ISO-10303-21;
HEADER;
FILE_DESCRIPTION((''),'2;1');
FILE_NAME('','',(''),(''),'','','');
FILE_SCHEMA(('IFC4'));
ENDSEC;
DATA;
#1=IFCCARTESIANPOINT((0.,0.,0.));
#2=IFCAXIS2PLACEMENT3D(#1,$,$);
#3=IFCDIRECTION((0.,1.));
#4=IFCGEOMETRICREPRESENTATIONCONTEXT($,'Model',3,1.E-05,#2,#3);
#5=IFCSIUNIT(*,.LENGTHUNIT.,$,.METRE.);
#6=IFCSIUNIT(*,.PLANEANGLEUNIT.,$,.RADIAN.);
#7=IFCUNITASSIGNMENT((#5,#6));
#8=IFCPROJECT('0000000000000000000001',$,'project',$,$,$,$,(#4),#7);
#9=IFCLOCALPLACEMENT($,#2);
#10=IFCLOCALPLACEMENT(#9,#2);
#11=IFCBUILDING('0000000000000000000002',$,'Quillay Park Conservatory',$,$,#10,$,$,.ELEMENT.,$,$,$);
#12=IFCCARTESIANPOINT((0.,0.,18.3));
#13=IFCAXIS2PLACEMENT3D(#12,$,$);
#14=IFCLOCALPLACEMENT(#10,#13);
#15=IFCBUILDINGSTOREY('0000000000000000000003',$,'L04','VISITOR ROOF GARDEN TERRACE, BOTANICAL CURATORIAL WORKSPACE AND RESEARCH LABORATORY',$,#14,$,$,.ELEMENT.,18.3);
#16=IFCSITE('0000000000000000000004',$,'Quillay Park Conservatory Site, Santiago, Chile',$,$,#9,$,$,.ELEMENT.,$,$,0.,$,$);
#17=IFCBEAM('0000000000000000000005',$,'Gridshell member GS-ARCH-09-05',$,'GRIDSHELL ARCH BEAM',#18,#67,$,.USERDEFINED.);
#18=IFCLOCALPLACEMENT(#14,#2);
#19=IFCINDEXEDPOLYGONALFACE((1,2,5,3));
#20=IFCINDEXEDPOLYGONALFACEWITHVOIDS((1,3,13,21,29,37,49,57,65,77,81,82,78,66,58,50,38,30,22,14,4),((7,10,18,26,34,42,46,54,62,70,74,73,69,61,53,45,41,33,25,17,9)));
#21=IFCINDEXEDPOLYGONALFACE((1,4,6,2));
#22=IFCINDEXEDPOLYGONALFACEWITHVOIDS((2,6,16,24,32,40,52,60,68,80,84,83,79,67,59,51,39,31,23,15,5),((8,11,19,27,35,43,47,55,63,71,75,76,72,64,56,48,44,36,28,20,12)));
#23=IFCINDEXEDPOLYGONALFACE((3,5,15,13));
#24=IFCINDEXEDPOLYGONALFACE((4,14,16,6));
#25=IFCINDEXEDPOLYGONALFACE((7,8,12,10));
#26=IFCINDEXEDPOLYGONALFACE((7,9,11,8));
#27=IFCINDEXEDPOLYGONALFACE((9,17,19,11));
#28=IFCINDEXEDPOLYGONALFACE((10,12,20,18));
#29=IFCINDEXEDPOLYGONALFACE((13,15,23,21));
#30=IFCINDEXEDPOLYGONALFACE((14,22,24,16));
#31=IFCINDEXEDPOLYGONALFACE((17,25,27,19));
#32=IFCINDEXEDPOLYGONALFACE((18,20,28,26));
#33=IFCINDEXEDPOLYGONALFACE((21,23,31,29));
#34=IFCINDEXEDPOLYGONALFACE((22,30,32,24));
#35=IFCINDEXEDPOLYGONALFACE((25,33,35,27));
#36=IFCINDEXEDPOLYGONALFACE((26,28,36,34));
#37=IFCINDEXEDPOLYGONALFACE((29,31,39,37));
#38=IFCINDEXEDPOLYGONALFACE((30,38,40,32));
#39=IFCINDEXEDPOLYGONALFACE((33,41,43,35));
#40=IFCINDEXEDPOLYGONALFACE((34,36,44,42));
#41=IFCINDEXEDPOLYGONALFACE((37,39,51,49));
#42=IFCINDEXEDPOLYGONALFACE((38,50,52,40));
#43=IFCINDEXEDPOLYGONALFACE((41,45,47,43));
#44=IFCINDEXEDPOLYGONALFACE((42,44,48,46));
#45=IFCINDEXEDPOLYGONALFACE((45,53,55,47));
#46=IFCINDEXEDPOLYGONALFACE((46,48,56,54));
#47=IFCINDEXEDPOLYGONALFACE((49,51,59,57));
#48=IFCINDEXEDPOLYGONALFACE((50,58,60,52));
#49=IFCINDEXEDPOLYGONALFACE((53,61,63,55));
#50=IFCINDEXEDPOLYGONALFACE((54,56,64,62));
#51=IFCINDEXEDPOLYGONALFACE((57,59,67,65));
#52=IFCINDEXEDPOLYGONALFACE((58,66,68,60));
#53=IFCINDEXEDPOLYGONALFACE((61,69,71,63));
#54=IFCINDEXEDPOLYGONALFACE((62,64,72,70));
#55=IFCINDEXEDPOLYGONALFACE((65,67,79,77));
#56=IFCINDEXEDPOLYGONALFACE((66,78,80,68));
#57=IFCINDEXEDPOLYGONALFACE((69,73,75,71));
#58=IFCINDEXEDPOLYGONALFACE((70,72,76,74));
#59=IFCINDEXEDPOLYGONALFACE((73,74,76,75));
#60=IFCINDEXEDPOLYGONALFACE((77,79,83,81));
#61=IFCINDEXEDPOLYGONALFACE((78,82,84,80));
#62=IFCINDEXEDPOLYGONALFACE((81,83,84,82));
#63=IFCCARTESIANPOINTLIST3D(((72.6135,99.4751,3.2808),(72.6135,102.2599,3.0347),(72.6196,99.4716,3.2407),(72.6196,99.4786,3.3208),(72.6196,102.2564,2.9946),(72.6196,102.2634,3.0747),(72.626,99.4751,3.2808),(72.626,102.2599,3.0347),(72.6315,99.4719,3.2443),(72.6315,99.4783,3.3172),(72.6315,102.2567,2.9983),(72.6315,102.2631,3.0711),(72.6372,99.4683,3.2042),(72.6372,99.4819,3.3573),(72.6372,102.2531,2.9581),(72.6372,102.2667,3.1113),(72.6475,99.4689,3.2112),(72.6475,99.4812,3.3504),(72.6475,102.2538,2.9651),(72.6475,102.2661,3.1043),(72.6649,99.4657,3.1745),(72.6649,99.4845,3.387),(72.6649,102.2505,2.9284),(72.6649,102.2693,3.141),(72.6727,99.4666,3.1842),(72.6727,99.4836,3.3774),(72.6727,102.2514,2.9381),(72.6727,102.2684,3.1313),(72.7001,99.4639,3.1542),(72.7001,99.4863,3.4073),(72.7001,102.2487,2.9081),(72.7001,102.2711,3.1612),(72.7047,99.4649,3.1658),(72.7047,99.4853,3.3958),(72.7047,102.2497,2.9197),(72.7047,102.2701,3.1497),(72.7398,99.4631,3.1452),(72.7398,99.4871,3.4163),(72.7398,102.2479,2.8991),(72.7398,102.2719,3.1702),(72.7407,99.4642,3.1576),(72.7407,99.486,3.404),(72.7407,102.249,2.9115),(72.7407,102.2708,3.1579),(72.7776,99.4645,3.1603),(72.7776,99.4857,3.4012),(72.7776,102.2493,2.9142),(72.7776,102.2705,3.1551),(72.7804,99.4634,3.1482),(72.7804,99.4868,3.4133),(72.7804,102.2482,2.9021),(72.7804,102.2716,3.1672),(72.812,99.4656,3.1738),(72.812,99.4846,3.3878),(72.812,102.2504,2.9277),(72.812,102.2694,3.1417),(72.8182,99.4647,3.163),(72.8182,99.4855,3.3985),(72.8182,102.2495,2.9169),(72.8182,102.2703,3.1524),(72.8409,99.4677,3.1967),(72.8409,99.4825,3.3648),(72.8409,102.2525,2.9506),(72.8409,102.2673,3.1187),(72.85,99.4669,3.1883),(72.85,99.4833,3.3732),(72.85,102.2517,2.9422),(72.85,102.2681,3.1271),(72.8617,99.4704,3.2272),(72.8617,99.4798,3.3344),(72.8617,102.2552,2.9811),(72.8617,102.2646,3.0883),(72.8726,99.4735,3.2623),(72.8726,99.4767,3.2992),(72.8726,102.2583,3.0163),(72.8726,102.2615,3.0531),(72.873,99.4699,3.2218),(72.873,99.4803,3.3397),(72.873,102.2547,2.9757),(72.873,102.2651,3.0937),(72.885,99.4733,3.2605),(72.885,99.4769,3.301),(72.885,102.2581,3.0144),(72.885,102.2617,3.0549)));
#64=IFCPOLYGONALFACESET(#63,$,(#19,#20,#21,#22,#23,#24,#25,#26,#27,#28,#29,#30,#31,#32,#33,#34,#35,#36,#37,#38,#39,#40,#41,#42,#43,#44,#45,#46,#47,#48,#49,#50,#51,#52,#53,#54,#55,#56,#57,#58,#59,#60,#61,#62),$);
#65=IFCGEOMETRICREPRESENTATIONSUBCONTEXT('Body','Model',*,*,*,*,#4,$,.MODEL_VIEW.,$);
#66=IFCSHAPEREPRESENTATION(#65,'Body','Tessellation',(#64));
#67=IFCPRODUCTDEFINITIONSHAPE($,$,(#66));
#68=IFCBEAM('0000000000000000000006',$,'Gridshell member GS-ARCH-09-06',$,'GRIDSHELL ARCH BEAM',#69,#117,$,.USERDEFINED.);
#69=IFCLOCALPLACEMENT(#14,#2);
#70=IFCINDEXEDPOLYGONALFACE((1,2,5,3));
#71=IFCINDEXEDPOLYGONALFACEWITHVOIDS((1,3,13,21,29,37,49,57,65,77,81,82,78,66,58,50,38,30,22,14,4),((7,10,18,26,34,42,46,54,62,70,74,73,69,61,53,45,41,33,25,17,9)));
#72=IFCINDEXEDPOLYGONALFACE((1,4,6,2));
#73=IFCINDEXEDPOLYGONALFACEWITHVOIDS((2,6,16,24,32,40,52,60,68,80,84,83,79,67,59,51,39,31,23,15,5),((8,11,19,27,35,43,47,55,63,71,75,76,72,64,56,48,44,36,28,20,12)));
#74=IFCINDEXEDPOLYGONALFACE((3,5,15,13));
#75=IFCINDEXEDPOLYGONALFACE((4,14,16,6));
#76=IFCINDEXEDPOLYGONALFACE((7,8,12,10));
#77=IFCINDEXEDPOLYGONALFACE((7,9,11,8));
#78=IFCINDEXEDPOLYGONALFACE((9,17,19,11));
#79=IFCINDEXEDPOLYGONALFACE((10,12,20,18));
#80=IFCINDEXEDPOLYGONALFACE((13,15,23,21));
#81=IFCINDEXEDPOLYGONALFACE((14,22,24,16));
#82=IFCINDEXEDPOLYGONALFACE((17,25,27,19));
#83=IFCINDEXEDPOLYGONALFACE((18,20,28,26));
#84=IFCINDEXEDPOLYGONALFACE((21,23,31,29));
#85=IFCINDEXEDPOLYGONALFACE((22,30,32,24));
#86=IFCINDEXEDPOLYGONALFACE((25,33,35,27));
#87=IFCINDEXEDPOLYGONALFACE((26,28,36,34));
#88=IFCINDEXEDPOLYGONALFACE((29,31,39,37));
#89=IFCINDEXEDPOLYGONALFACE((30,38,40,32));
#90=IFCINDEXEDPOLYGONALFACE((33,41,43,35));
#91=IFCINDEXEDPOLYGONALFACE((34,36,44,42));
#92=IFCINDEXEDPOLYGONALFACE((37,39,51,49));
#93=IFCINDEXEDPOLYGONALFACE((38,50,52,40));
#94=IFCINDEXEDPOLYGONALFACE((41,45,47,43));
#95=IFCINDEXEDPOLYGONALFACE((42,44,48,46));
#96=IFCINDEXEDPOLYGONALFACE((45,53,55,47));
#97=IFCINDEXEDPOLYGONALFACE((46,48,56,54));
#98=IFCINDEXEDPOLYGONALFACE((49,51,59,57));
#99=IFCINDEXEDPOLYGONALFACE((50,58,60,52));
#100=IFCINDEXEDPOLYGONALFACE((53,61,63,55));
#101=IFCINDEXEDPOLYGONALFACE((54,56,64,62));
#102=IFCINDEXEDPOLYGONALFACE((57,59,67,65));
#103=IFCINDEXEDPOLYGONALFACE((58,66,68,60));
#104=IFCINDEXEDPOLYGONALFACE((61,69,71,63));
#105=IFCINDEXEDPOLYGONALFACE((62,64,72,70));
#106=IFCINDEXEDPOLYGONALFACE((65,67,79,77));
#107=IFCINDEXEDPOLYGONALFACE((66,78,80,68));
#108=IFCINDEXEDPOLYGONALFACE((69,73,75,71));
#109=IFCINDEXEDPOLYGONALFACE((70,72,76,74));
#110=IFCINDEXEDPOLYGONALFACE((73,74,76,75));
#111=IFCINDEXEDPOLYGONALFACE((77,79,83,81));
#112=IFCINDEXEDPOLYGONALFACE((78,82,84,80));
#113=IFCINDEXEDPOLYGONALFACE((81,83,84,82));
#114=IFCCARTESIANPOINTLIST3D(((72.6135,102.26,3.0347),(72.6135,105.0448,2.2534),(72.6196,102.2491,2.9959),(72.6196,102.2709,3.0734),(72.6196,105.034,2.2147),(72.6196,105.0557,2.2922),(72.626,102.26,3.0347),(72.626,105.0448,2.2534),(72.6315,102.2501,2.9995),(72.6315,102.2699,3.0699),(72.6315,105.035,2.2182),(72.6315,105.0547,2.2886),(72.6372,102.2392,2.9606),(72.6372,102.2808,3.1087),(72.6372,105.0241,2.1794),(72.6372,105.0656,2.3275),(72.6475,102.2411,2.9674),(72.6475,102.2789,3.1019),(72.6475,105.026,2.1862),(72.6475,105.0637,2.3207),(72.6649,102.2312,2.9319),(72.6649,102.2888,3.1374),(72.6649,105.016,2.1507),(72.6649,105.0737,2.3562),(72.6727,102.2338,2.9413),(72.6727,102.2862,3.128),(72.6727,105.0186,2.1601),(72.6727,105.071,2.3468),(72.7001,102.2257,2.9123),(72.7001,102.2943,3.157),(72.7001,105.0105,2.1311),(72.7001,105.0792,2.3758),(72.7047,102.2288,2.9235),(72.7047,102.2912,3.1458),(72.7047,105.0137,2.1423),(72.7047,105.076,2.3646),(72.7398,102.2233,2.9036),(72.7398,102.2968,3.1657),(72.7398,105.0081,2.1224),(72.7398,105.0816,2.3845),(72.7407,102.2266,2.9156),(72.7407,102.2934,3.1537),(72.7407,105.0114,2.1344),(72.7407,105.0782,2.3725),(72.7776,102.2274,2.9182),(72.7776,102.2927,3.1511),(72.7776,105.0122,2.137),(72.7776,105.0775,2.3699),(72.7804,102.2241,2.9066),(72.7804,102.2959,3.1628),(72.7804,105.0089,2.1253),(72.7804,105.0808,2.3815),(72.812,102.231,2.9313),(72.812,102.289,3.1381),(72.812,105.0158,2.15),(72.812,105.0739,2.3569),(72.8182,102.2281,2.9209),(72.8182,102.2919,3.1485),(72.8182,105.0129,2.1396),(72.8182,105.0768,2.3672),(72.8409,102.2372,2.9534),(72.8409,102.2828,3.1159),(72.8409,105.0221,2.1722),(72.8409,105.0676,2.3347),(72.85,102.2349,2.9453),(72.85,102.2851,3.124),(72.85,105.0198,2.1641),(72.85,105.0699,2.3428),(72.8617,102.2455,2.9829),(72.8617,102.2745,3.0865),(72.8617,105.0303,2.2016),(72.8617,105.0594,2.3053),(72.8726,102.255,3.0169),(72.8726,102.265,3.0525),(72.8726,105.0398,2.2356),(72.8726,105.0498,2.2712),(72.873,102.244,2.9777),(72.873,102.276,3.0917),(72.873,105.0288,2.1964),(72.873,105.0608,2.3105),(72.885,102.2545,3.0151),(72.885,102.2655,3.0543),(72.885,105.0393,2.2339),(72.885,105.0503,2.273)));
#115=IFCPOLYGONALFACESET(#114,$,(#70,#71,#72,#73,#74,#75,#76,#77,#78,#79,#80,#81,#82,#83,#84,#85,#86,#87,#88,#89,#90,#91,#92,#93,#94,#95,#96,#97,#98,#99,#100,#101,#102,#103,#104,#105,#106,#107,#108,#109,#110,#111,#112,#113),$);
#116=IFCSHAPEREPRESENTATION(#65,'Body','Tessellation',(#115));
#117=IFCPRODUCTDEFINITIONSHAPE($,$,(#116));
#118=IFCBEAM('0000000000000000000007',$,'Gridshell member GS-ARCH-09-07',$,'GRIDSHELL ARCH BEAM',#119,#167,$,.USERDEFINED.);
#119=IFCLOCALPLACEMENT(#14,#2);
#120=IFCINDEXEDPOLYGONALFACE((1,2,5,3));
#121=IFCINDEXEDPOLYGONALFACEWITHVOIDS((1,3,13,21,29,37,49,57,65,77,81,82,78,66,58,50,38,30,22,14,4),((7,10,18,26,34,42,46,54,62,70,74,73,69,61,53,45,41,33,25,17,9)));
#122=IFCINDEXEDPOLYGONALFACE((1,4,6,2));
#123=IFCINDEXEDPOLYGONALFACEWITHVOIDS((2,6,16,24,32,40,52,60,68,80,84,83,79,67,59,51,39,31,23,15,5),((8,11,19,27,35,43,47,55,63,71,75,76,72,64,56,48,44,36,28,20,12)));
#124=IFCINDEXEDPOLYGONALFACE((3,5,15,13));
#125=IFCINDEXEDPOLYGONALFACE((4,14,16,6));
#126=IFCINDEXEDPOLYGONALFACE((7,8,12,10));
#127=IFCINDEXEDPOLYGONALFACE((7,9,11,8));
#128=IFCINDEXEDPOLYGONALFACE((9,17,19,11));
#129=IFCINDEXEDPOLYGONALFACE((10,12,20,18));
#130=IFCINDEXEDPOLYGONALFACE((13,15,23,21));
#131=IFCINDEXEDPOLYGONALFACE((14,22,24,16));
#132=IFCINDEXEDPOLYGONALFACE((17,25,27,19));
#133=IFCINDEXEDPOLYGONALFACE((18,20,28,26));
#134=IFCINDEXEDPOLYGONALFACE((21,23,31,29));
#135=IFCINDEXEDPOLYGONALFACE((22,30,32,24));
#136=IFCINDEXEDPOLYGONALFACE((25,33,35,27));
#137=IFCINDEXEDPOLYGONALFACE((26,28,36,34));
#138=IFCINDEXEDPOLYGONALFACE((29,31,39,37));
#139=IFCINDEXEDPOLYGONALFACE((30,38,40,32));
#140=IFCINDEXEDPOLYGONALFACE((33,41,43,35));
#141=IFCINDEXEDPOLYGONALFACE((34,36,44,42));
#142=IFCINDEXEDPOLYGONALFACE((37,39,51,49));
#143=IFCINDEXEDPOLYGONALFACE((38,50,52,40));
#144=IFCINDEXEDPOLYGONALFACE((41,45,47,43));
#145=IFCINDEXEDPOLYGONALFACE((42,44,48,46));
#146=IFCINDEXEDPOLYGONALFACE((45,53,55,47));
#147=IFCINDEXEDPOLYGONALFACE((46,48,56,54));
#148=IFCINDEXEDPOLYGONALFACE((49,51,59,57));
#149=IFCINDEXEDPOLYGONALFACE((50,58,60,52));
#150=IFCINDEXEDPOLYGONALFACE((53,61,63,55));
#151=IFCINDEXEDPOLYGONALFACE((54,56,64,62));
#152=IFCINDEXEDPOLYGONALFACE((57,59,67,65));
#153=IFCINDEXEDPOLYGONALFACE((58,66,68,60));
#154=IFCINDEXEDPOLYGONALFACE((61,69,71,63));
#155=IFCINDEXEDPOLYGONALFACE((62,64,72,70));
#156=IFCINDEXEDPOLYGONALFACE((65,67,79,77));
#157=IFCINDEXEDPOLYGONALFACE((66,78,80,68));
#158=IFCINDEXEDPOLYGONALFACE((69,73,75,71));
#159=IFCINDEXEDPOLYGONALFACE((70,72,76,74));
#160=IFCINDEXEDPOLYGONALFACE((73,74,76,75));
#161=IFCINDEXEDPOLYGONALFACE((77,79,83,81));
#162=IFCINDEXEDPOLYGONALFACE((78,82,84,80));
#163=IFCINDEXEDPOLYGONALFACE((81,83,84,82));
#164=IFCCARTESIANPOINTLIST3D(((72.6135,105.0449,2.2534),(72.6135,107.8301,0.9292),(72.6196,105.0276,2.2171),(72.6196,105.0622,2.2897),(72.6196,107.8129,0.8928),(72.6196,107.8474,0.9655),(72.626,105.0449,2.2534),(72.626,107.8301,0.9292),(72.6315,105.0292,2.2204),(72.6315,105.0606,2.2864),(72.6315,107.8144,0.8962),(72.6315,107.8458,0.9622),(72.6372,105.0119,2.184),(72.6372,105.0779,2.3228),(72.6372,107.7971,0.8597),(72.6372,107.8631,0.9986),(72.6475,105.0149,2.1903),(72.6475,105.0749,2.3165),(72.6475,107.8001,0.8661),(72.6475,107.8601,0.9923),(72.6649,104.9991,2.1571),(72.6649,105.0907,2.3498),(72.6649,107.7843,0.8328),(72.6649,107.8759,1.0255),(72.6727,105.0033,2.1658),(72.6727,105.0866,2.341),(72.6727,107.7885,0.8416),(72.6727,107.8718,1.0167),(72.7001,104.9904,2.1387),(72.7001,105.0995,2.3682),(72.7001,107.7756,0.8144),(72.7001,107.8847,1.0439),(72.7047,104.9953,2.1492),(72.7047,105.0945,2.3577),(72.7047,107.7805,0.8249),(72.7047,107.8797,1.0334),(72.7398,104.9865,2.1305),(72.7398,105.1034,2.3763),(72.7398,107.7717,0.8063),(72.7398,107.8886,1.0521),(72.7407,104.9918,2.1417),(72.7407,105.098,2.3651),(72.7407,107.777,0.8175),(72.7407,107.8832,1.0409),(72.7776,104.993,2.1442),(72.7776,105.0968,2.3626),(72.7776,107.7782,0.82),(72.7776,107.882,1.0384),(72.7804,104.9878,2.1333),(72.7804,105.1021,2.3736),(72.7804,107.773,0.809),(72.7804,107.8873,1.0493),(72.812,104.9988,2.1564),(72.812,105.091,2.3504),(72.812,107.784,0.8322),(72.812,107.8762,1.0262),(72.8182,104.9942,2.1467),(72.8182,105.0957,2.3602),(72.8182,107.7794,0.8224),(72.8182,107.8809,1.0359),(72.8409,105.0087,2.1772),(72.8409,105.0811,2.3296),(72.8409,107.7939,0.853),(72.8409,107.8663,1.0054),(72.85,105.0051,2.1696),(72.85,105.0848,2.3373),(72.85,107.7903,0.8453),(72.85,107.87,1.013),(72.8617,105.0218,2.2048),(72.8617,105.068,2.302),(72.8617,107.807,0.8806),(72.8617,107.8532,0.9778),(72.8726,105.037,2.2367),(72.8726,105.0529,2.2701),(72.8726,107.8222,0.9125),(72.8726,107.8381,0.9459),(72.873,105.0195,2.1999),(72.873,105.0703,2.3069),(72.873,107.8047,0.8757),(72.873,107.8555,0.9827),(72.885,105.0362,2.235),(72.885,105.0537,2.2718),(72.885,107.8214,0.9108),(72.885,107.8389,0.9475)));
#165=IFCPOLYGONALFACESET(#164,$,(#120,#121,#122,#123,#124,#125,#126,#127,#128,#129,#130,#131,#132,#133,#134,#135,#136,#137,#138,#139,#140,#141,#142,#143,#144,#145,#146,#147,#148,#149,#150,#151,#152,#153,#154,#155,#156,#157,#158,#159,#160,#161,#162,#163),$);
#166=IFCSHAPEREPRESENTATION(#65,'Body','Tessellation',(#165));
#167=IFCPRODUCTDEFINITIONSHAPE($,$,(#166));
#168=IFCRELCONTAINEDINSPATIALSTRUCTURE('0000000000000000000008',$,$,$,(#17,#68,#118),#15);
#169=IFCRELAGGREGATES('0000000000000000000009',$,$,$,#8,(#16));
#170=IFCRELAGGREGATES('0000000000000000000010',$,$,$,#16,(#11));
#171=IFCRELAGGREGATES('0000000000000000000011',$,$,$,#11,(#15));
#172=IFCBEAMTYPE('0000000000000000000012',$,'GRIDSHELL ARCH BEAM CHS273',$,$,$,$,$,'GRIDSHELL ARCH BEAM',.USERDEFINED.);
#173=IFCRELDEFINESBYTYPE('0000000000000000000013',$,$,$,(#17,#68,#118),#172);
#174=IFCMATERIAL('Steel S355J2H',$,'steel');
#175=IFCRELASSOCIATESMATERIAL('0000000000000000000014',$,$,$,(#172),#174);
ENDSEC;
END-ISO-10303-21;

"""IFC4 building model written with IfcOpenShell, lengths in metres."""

from ifc_helpers import new_model, si_unit, direction, frame, origin, origin_2d, place, context, subcontext, project, spatial, hollow_circle, extrude, material, material_profile, profile_set, type_object, element, save


model = new_model("IFC4")

# Units and contexts
model_context = context("Model", 3, precision=1e-05, world=origin(), true_north=direction((0.0, 1.0)))
body_context = subcontext(model_context, "Body", "Model", "MODEL_VIEW")
ifc_project = project(units=[si_unit("LENGTHUNIT", "METRE"), si_unit("PLANEANGLEUNIT", "RADIAN")], contexts=[model_context])

# Site, building, storey
site_placement = place(None, origin())
site = spatial("IfcSite", under=ifc_project, at=site_placement, Name="Quillay Park Conservatory Site, Santiago, Chile", CompositionType="ELEMENT", RefElevation=0.0)
building_placement = place(site_placement, origin())
building = spatial("IfcBuilding", under=site, at=building_placement, Name="Quillay Park Conservatory", CompositionType="ELEMENT")
storey_placement = place(building_placement, frame((0.0, 0.0, 18.3)))
storey = spatial("IfcBuildingStorey", under=building, at=storey_placement, Name="L04", Description="VISITOR ROOF GARDEN TERRACE, BOTANICAL CURATORIAL WORKSPACE AND RESEARCH LABORATORY", CompositionType="ELEMENT", Elevation=18.3)

# Beams
ifc_material_1 = material(Name="Steel S355J2H", Category="steel")
ifc_material_profile_1 = material_profile(ifc_material_1, hollow_circle(Radius=0.1365, WallThickness=0.0125, at=origin_2d()), Name="CHS273x12.5")
ifc_profile_set_1 = profile_set([ifc_material_profile_1], Name="Steel S355J2H")
beam_type = type_object("IfcBeamType", Name="GRIDSHELL ARCH BEAM CHS273", ElementType="GRIDSHELL ARCH BEAM", PredefinedType="USERDEFINED", material=ifc_profile_set_1)
beam_1_placement = place(storey_placement, frame((72.75, 99.4751, 3.2808), z_axis=(0.0, 0.996118, -0.088024), x_axis=(-1.0, 0.0, 0.0)))
element("IfcBeam", 1, at=beam_1_placement, inside=storey, type_object=beam_type, Name="Gridshell member GS-ARCH-09-05", ObjectType="GRIDSHELL ARCH BEAM", PredefinedType="USERDEFINED", context=body_context, shape_type="SweptSolid", body=[
    extrude(hollow_circle(Radius=0.1365, WallThickness=0.0125, at=origin_2d()), origin(), (0.0, 0.0, 1.0), 2.7957),
])
beam_2_placement = place(storey_placement, frame((72.75, 102.26, 3.0347), z_axis=(0.0, 0.962832, -0.270103), x_axis=(-1.0, 0.0, 0.0)))
element("IfcBeam", 2, at=beam_2_placement, inside=storey, type_object=beam_type, Name="Gridshell member GS-ARCH-09-06", ObjectType="GRIDSHELL ARCH BEAM", PredefinedType="USERDEFINED", context=body_context, shape_type="SweptSolid", body=[
    extrude(hollow_circle(Radius=0.1365, WallThickness=0.0125, at=origin_2d()), origin(), (0.0, 0.0, 1.0), 2.8923),
])
beam_3_placement = place(storey_placement, frame((72.75, 105.0449, 2.2534), z_axis=(0.0, 0.903118, -0.429393), x_axis=(-1.0, 0.0, 0.0)))
element("IfcBeam", 3, at=beam_3_placement, inside=storey, type_object=beam_type, Name="Gridshell member GS-ARCH-09-07", ObjectType="GRIDSHELL ARCH BEAM", PredefinedType="USERDEFINED", context=body_context, shape_type="SweptSolid", body=[
    extrude(hollow_circle(Radius=0.1365, WallThickness=0.0125, at=origin_2d()), origin(), (0.0, 0.0, 1.0), 3.084),
])

save(model, "model.ifc")
